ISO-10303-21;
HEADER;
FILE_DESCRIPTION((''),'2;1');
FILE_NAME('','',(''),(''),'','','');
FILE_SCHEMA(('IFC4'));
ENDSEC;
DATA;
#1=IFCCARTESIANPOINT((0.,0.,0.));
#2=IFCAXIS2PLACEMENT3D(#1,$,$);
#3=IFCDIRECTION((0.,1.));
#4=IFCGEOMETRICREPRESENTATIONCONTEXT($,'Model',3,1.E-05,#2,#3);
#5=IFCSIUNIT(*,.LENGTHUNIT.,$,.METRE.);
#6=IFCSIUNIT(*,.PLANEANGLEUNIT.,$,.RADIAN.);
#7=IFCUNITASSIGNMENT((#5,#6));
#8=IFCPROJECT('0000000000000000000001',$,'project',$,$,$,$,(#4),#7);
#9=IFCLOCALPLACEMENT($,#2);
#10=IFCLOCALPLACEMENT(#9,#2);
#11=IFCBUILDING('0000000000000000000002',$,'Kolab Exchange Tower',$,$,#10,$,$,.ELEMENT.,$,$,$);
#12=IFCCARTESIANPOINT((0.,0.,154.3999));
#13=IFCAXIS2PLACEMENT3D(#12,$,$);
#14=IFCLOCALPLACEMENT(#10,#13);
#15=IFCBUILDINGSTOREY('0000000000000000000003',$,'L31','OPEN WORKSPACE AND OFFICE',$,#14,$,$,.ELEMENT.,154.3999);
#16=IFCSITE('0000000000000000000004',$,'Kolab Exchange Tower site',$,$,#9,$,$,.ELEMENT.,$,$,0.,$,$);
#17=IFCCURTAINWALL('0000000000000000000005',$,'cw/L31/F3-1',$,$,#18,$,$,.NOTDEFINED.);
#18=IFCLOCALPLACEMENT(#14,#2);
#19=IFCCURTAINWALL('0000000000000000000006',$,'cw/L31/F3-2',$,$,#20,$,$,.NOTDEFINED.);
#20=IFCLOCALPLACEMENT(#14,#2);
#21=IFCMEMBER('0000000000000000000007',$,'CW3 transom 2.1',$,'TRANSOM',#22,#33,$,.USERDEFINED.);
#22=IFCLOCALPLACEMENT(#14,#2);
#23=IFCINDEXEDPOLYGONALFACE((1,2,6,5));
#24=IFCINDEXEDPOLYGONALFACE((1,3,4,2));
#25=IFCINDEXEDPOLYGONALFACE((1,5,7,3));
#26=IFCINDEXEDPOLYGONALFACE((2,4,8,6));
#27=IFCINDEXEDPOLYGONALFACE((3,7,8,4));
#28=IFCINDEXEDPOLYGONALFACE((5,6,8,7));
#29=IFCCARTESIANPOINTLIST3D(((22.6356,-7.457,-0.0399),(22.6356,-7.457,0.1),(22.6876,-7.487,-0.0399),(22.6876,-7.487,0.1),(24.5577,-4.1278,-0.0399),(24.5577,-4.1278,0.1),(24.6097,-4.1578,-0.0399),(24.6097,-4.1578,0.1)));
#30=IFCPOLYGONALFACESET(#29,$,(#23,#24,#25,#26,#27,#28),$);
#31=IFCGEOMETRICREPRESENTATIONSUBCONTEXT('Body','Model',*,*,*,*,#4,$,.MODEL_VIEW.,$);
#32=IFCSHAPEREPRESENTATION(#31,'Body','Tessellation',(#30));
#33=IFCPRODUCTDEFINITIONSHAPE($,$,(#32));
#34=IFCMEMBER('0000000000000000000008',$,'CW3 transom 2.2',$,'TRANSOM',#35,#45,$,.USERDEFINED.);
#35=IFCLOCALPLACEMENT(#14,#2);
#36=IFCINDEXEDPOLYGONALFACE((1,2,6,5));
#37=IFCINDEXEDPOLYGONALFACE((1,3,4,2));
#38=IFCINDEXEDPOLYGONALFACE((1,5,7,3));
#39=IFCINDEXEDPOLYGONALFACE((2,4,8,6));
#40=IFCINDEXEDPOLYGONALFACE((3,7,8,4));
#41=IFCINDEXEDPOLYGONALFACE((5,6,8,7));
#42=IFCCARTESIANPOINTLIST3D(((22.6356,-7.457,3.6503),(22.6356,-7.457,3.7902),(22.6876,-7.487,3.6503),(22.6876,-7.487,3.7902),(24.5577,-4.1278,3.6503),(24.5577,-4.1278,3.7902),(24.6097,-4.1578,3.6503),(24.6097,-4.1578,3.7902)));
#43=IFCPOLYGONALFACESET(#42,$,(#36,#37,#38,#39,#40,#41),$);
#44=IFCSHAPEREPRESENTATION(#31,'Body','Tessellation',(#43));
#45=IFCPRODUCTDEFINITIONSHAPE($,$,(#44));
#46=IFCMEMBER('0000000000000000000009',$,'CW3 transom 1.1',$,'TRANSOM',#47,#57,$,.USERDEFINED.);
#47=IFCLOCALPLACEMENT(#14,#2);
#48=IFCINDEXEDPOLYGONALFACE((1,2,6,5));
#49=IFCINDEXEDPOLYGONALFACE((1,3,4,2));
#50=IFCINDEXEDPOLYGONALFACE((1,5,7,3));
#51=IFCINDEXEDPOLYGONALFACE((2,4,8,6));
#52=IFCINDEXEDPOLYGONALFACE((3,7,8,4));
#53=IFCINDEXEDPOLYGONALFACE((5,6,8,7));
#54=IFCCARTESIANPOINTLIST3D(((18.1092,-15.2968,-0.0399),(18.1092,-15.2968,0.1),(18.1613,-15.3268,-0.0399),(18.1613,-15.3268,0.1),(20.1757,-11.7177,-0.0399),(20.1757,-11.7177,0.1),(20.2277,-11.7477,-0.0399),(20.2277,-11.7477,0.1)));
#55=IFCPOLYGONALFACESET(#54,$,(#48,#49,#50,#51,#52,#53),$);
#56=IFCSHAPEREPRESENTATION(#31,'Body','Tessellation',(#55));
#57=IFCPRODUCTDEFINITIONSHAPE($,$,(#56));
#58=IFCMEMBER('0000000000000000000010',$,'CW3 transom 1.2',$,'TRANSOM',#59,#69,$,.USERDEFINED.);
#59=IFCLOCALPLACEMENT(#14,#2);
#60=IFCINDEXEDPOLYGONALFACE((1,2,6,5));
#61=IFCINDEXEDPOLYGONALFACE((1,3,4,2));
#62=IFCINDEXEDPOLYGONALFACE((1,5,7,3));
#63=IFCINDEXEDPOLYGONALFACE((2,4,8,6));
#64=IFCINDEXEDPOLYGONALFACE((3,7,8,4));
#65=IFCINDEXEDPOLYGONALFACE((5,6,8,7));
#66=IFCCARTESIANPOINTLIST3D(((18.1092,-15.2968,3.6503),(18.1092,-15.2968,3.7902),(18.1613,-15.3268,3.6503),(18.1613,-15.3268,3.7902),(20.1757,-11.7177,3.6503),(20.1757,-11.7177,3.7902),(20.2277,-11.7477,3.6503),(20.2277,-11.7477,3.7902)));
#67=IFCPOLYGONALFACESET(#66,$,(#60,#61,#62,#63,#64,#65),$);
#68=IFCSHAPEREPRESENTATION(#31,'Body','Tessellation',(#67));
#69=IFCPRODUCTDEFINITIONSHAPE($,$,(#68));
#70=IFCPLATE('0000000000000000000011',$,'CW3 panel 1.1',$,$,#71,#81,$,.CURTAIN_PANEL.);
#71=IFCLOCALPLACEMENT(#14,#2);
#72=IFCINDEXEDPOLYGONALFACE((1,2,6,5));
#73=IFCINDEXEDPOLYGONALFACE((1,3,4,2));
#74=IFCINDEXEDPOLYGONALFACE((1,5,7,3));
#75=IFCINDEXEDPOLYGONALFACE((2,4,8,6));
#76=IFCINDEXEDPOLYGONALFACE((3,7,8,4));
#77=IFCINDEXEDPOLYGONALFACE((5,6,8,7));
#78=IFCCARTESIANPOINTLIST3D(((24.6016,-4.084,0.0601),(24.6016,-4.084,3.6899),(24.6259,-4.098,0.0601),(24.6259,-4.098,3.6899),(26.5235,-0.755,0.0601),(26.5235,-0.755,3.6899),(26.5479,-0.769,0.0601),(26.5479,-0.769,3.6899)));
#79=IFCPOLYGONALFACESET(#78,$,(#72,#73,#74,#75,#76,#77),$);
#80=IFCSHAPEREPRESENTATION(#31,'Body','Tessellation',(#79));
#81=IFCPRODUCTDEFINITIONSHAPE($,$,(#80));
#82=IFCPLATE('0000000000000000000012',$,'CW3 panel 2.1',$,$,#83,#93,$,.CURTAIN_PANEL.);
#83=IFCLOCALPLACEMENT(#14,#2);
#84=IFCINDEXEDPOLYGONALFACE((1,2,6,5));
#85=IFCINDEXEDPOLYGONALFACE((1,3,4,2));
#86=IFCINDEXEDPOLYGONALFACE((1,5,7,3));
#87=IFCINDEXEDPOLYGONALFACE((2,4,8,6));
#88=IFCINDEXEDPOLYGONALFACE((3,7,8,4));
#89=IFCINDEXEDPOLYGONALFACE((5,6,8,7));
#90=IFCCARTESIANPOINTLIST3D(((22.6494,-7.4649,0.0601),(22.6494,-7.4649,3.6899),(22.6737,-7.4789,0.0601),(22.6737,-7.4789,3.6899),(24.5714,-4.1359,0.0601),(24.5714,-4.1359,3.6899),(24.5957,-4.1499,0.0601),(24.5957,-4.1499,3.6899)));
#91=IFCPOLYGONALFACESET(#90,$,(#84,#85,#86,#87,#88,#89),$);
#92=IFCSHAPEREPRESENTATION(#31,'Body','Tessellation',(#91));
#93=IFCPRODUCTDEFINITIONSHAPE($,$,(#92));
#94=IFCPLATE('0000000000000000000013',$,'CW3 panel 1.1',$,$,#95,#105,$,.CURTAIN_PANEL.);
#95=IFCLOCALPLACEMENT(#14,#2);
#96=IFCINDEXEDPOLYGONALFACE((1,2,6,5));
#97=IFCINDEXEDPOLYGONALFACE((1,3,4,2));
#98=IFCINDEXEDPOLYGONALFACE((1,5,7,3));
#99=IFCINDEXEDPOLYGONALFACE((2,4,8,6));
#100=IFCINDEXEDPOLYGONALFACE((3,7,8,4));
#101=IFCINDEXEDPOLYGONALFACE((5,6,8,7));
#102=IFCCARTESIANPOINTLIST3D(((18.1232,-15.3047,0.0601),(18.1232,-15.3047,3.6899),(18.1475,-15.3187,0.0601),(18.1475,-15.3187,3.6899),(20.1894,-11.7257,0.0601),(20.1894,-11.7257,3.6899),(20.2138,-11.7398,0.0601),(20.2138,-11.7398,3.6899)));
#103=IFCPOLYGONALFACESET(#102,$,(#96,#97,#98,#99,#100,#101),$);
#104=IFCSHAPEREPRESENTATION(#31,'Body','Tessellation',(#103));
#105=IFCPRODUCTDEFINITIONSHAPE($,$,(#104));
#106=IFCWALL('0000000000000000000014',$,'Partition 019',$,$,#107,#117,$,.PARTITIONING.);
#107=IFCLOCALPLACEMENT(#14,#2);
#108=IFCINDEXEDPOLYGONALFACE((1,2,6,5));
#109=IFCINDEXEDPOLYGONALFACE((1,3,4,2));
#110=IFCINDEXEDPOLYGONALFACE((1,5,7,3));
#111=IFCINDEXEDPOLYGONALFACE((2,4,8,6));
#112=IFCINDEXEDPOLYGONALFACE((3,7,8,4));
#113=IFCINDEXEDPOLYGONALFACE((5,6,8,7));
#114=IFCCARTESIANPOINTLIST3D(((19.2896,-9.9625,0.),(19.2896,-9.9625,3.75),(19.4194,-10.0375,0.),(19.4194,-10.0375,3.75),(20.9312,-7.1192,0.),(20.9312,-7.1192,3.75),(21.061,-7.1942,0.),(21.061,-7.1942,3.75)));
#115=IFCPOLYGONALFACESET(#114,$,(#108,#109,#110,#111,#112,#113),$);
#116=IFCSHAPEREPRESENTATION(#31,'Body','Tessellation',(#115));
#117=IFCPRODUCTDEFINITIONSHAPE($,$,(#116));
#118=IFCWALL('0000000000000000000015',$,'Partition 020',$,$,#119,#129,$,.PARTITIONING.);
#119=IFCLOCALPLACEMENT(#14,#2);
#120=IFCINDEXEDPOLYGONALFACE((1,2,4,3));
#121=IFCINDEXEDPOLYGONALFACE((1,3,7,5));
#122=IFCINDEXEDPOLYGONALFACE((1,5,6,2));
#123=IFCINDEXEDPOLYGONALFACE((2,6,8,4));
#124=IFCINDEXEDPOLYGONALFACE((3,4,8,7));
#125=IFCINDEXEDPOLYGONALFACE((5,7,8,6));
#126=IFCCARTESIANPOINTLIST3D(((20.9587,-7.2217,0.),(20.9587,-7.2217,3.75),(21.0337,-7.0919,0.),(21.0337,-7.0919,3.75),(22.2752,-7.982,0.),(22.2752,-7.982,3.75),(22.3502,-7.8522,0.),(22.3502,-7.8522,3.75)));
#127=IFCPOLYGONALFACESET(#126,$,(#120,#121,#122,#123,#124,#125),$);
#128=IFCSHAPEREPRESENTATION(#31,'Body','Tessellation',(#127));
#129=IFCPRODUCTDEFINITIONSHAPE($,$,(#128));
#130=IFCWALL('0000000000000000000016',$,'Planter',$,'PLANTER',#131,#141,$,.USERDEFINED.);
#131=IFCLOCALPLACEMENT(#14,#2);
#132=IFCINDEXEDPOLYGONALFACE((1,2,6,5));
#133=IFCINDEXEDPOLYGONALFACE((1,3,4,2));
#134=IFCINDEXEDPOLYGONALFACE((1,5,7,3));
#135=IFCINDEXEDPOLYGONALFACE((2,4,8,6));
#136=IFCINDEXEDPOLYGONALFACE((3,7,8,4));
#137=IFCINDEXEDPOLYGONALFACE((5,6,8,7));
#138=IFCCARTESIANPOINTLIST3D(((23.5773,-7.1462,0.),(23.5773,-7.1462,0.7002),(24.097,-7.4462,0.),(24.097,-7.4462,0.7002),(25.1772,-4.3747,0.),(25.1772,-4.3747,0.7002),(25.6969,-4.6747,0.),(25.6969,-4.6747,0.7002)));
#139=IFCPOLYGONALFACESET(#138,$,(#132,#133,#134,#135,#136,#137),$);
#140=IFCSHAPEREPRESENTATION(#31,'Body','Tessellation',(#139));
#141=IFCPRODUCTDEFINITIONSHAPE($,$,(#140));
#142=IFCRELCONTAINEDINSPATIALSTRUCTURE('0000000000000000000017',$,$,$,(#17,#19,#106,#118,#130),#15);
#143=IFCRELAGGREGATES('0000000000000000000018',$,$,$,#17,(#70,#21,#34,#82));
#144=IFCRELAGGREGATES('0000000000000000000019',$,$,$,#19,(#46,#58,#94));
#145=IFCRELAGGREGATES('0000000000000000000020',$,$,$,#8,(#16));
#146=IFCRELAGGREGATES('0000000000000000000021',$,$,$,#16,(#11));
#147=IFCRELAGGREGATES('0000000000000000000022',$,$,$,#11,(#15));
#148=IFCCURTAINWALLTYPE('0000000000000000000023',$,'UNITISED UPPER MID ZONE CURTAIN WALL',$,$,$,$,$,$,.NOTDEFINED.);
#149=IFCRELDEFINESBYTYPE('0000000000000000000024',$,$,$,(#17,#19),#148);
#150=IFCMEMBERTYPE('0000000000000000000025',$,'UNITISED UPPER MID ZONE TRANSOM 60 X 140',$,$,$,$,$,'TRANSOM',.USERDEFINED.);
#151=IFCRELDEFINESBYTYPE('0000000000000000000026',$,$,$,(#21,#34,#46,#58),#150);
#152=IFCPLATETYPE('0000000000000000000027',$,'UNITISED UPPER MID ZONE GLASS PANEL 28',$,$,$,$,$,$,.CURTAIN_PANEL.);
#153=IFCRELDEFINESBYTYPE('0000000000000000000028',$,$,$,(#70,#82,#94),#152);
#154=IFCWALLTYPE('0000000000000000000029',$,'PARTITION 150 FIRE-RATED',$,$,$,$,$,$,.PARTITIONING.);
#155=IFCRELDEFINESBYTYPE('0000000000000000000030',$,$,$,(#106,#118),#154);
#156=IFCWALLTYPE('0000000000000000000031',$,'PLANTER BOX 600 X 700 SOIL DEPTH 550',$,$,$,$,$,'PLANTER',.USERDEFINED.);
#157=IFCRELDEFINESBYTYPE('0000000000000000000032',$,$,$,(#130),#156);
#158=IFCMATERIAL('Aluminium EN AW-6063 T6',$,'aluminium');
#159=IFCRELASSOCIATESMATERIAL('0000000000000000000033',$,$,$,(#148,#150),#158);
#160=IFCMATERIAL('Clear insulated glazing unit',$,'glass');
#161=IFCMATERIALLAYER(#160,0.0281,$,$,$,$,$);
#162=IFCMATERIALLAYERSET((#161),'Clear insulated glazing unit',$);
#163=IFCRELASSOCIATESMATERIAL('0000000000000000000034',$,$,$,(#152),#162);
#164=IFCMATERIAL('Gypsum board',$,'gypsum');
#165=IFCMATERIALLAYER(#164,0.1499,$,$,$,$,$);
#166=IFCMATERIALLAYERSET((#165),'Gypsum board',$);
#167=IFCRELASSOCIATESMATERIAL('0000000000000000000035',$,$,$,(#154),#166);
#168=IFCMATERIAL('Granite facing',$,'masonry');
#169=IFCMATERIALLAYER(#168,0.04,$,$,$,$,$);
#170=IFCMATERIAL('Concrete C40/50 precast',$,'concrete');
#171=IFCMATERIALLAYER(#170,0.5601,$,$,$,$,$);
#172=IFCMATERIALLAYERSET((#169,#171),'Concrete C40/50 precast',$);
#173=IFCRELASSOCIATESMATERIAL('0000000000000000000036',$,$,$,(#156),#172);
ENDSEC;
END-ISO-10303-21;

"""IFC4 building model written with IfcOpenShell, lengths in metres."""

from ifc_helpers import new_model, si_unit, direction, frame, frame_2d, origin, origin_2d, place, context, subcontext, project, spatial, rectangle, extrude, material, layer, layer_set, material_profile, profile_set, type_object, element, aggregate, save


model = new_model("IFC4")

# Units and contexts
model_context = context("Model", 3, precision=1e-05, world=origin(), true_north=direction((0.0, 1.0)))
body_context = subcontext(model_context, "Body", "Model", "MODEL_VIEW")
ifc_project = project(units=[si_unit("LENGTHUNIT", "METRE"), si_unit("PLANEANGLEUNIT", "RADIAN")], contexts=[model_context])

# Site, building, storey
site_placement = place(None, origin())
site = spatial("IfcSite", under=ifc_project, at=site_placement, Name="Kolab Exchange Tower site", CompositionType="ELEMENT", RefElevation=0.0)
building_placement = place(site_placement, origin())
building = spatial("IfcBuilding", under=site, at=building_placement, Name="Kolab Exchange Tower", CompositionType="ELEMENT")
storey_placement = place(building_placement, frame((0.0, 0.0, 154.3999)))
storey = spatial("IfcBuildingStorey", under=building, at=storey_placement, Name="L31", Description="OPEN WORKSPACE AND OFFICE", CompositionType="ELEMENT", Elevation=154.3999)

# Curtain walls
ifc_material_1 = material(Name="Aluminium EN AW-6063 T6", Category="aluminium")
curtain_wall_type = type_object("IfcCurtainWallType", Name="UNITISED UPPER MID ZONE CURTAIN WALL", PredefinedType="NOTDEFINED", material=ifc_material_1)
curtain_wall_1_placement = place(storey_placement, origin())
curtain_wall_1 = element("IfcCurtainWall", 1, at=curtain_wall_1_placement, inside=storey, type_object=curtain_wall_type, Name="cw/L31/F3-1", PredefinedType="NOTDEFINED")
curtain_wall_2_placement = place(storey_placement, origin())
curtain_wall_2 = element("IfcCurtainWall", 2, at=curtain_wall_2_placement, inside=storey, type_object=curtain_wall_type, Name="cw/L31/F3-2", PredefinedType="NOTDEFINED")

# Members
ifc_material_profile_1 = material_profile(ifc_material_1, rectangle(XDim=0.0601, YDim=0.1399, at=origin_2d()), Name="RECT 60X140")
ifc_profile_set_1 = profile_set([ifc_material_profile_1], Name="Aluminium EN AW-6063 T6")
member_type_1 = type_object("IfcMemberType", Name="UNITISED UPPER MID ZONE TRANSOM 60 X 140", ElementType="TRANSOM", PredefinedType="USERDEFINED", material=ifc_profile_set_1)
member_1_placement = place(storey_placement, frame((24.5837, -4.1428, 0.03), z_axis=(-0.500012, -0.866018, 0.0), x_axis=(0.866018, -0.500012, 0.0)))
member_1 = element("IfcMember", 3, at=member_1_placement, type_object=member_type_1, Name="CW3 transom 2.1", ObjectType="TRANSOM", PredefinedType="USERDEFINED", context=body_context, shape_type="SweptSolid", body=[
    extrude(rectangle(XDim=0.0601, YDim=0.1399, at=origin_2d()), origin(), (0.0, 0.0, 1.0), 3.8442),
])
member_2_placement = place(storey_placement, frame((24.5837, -4.1428, 3.7202), z_axis=(-0.500012, -0.866018, 0.0), x_axis=(0.866018, -0.500012, 0.0)))
member_2 = element("IfcMember", 4, at=member_2_placement, type_object=member_type_1, Name="CW3 transom 2.2", ObjectType="TRANSOM", PredefinedType="USERDEFINED", context=body_context, shape_type="SweptSolid", body=[
    extrude(rectangle(XDim=0.0601, YDim=0.1399, at=origin_2d()), origin(), (0.0, 0.0, 1.0), 3.8442),
])
member_3_placement = place(storey_placement, frame((20.2017, -11.7327, 0.03), z_axis=(-0.500002, -0.866024, 0.0), x_axis=(0.866024, -0.500002, 0.0)))
member_3 = element("IfcMember", 5, at=member_3_placement, type_object=member_type_1, Name="CW3 transom 1.1", ObjectType="TRANSOM", PredefinedType="USERDEFINED", context=body_context, shape_type="SweptSolid", body=[
    extrude(rectangle(XDim=0.0601, YDim=0.1399, at=origin_2d()), origin(), (0.0, 0.0, 1.0), 4.1328),
])
member_4_placement = place(storey_placement, frame((20.2017, -11.7327, 3.7202), z_axis=(-0.500002, -0.866024, 0.0), x_axis=(0.866024, -0.500002, 0.0)))
member_4 = element("IfcMember", 6, at=member_4_placement, type_object=member_type_1, Name="CW3 transom 1.2", ObjectType="TRANSOM", PredefinedType="USERDEFINED", context=body_context, shape_type="SweptSolid", body=[
    extrude(rectangle(XDim=0.0601, YDim=0.1399, at=origin_2d()), origin(), (0.0, 0.0, 1.0), 4.1328),
])

# Plates
ifc_material_2 = material(Name="Clear insulated glazing unit", Category="glass")
ifc_layer_1 = layer(ifc_material_2, 0.0281)
ifc_layer_set_1 = layer_set([ifc_layer_1], Name="Clear insulated glazing unit")
plate_type = type_object("IfcPlateType", Name="UNITISED UPPER MID ZONE GLASS PANEL 28", PredefinedType="CURTAIN_PANEL", material=ifc_layer_set_1)
plate_1_placement = place(storey_placement, frame((25.5747, -2.4265, 0.0601), z_axis=(0.0, 0.0, 1.0), x_axis=(-0.5, -0.866025, 0.0)))
plate_1 = element("IfcPlate", 7, at=plate_1_placement, type_object=plate_type, Name="CW3 panel 1.1", PredefinedType="CURTAIN_PANEL", context=body_context, shape_type="SweptSolid", body=[
    extrude(rectangle(XDim=3.844, YDim=0.0281, at=origin_2d()), origin(), (0.0, 0.0, 1.0), 3.6299),
])
plate_2_placement = place(storey_placement, frame((23.6226, -5.8074, 0.0601), z_axis=(0.0, 0.0, 1.0), x_axis=(-0.5, -0.866025, 0.0)))
plate_2 = element("IfcPlate", 8, at=plate_2_placement, type_object=plate_type, Name="CW3 panel 2.1", PredefinedType="CURTAIN_PANEL", context=body_context, shape_type="SweptSolid", body=[
    extrude(rectangle(XDim=3.844, YDim=0.0281, at=origin_2d()), origin(), (0.0, 0.0, 1.0), 3.6299),
])
aggregate(curtain_wall_1, [plate_1, member_1, member_2, plate_2])
plate_3_placement = place(storey_placement, frame((19.1685, -13.5222, 0.0601), z_axis=(0.0, 0.0, 1.0), x_axis=(-0.5, -0.866025, 0.0)))
plate_3 = element("IfcPlate", 9, at=plate_3_placement, type_object=plate_type, Name="CW3 panel 1.1", PredefinedType="CURTAIN_PANEL", context=body_context, shape_type="SweptSolid", body=[
    extrude(rectangle(XDim=4.1326, YDim=0.0281, at=origin_2d()), origin(), (0.0, 0.0, 1.0), 3.6299),
])
aggregate(curtain_wall_2, [member_3, member_4, plate_3])

# Walls
ifc_material_3 = material(Name="Gypsum board", Category="gypsum")
ifc_layer_2 = layer(ifc_material_3, 0.1499)
ifc_layer_set_2 = layer_set([ifc_layer_2], Name="Gypsum board")
wall_type_1 = type_object("IfcWallType", Name="PARTITION 150 FIRE-RATED", PredefinedType="PARTITIONING", material=ifc_layer_set_2)
wall_1_placement = place(storey_placement, frame((19.3545, -10.0, 0.0), z_axis=(0.0, 0.0, 1.0), x_axis=(0.50001, 0.86602, 0.0)))
element("IfcWall", 10, at=wall_1_placement, inside=storey, type_object=wall_type_1, Name="Partition 019", PredefinedType="PARTITIONING", context=body_context, shape_type="SweptSolid", body=[
    extrude(rectangle(XDim=3.2832, YDim=0.1499, at=frame_2d((1.6416, 0.0))), origin(), (0.0, 0.0, 1.0), 3.75),
])
wall_2_placement = place(storey_placement, frame((20.9961, -7.1567, 0.0), z_axis=(0.0, 0.0, 1.0), x_axis=(0.865961, -0.500112, 0.0)))
element("IfcWall", 11, at=wall_2_placement, inside=storey, type_object=wall_type_1, Name="Partition 020", PredefinedType="PARTITIONING", context=body_context, shape_type="SweptSolid", body=[
    extrude(rectangle(XDim=1.5203, YDim=0.1499, at=frame_2d((0.7603, 0.0))), origin(), (0.0, 0.0, 1.0), 3.75),
])
ifc_material_4 = material(Name="Granite facing", Category="masonry")
ifc_layer_3 = layer(ifc_material_4, 0.04)
ifc_material_5 = material(Name="Concrete C40/50 precast", Category="concrete")
ifc_layer_4 = layer(ifc_material_5, 0.5601)
ifc_layer_set_3 = layer_set([ifc_layer_3, ifc_layer_4], Name="Concrete C40/50 precast")
wall_type_2 = type_object("IfcWallType", Name="PLANTER BOX 600 X 700 SOIL DEPTH 550", ElementType="PLANTER", PredefinedType="USERDEFINED", material=ifc_layer_set_3)
wall_3_placement = place(storey_placement, frame((25.437, -4.5247, 0.0), z_axis=(0.0, 0.0, 1.0), x_axis=(-0.499938, -0.866061, 0.0)))
element("IfcWall", 12, at=wall_3_placement, inside=storey, type_object=wall_type_2, Name="Planter", ObjectType="PLANTER", PredefinedType="USERDEFINED", context=body_context, shape_type="SweptSolid", body=[
    extrude(rectangle(XDim=3.2002, YDim=0.6001, at=frame_2d((1.6001, 0.0))), origin(), (0.0, 0.0, 1.0), 0.7002),
])

save(model, "model.ifc")
